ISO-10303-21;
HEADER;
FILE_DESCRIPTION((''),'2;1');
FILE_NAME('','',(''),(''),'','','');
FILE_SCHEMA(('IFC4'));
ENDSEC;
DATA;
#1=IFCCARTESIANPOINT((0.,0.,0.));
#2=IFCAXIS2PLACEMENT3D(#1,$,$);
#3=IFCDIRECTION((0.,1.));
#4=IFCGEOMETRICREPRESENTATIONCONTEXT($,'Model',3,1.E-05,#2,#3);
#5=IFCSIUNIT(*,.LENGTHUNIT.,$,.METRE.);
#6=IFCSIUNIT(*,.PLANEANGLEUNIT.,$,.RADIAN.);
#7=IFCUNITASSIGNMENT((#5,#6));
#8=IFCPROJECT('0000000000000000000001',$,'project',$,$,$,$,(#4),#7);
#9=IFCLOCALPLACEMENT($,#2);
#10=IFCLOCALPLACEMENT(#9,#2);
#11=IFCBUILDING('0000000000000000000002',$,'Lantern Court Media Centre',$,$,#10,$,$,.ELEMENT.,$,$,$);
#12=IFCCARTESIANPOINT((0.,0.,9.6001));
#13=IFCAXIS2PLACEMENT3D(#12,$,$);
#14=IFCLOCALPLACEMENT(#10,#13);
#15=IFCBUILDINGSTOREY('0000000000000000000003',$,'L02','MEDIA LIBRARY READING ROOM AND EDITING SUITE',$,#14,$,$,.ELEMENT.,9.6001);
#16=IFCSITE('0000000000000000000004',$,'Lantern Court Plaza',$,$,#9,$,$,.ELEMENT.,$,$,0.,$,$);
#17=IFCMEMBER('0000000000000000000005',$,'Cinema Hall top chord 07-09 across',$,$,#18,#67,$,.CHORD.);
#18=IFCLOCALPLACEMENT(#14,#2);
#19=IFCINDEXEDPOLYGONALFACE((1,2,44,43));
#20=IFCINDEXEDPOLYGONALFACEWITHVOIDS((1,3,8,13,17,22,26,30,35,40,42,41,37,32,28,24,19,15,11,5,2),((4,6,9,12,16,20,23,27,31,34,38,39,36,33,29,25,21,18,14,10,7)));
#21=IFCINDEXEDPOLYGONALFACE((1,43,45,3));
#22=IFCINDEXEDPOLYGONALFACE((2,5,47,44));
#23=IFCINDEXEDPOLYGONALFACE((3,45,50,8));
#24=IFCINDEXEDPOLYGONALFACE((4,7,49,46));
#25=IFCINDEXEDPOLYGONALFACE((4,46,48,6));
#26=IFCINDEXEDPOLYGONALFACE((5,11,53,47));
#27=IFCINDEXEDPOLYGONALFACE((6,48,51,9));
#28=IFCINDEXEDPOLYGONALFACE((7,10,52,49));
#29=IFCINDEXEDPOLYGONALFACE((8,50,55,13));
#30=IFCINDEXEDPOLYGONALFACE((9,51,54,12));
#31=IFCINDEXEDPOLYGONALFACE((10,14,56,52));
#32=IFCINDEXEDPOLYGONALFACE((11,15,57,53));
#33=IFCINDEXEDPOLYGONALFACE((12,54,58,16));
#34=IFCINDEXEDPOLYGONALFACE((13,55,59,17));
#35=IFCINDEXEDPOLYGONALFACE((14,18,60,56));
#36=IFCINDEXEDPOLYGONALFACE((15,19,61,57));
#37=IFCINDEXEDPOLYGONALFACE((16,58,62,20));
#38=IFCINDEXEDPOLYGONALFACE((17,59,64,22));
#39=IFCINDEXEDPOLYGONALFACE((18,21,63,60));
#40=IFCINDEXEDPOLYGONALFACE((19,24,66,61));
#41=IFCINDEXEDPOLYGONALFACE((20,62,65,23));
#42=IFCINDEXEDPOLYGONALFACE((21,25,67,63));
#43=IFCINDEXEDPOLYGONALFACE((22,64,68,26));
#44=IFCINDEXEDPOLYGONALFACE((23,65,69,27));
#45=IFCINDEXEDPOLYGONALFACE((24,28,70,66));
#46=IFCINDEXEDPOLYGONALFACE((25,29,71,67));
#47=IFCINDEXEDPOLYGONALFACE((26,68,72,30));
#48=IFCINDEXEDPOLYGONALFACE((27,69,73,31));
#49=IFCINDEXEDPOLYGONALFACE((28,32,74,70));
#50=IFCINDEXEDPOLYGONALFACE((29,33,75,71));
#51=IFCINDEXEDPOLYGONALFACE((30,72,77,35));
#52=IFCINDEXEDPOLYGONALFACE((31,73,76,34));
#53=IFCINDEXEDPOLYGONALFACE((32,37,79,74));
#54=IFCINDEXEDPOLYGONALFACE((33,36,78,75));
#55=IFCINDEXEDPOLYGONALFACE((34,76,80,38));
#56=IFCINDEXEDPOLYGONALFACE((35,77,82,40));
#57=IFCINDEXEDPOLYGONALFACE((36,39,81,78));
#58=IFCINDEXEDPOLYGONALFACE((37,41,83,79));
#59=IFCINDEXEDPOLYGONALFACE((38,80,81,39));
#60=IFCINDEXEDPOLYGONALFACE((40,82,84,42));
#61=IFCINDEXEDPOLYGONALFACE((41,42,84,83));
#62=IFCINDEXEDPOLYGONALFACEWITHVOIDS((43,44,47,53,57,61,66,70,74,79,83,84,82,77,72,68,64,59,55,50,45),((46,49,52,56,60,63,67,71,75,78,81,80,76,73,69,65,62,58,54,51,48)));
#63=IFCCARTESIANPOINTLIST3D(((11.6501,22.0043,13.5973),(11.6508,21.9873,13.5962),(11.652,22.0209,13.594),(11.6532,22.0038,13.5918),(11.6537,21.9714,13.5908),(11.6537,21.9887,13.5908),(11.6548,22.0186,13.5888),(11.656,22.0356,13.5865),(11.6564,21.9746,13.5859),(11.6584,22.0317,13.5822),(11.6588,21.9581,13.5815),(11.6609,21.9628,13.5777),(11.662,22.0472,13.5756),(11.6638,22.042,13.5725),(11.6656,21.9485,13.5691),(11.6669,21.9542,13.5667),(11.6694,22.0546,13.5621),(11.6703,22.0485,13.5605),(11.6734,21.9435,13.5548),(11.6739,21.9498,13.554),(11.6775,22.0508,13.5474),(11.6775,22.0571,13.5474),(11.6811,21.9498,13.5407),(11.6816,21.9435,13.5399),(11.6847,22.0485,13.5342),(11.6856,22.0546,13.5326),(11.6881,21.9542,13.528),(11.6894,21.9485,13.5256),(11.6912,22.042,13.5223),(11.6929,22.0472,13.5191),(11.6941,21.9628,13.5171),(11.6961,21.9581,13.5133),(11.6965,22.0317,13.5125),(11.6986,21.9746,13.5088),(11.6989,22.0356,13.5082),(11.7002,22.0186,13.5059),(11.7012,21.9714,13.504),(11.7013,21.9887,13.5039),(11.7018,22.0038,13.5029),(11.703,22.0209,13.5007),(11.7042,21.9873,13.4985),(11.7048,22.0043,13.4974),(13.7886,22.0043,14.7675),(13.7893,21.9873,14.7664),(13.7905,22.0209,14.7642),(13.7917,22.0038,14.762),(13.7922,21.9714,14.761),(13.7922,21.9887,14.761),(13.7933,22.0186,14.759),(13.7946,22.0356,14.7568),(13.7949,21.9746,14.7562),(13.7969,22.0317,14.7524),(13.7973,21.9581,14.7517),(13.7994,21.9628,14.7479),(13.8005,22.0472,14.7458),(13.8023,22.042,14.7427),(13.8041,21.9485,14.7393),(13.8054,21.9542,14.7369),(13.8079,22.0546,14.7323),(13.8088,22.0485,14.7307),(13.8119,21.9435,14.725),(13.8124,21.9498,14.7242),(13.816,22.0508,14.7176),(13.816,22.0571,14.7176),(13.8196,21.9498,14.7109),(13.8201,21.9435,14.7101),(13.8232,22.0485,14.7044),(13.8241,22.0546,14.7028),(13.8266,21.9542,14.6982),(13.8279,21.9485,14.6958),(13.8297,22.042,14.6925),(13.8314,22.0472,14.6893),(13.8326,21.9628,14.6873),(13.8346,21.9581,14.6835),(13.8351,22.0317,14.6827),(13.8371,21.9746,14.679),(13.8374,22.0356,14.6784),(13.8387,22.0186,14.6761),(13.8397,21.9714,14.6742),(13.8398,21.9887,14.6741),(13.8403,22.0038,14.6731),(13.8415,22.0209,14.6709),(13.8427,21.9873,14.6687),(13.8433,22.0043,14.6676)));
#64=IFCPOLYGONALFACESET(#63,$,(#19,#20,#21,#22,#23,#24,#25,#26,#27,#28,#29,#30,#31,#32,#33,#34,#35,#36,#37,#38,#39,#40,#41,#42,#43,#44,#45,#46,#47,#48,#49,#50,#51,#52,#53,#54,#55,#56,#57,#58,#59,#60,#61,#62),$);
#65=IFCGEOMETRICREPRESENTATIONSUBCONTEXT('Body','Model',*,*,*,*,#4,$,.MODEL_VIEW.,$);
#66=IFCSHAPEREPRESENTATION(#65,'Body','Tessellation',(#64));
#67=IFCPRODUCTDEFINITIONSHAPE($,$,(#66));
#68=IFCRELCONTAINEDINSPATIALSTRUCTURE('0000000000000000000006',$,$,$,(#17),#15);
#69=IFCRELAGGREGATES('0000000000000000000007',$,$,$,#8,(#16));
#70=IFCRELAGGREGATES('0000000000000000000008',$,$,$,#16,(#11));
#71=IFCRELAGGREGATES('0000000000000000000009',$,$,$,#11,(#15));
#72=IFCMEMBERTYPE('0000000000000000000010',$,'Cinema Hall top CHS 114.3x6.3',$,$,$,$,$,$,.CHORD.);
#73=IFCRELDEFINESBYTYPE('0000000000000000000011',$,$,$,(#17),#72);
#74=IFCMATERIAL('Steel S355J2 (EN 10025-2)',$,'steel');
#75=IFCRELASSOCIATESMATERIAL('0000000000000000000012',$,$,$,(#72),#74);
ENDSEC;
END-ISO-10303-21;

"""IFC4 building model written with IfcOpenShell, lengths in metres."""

from ifc_helpers import new_model, si_unit, direction, frame, origin, origin_2d, place, context, subcontext, project, spatial, hollow_circle, extrude, material, material_profile, profile_set, type_object, element, save


model = new_model("IFC4")

# Units and contexts
model_context = context("Model", 3, precision=1e-05, world=origin(), true_north=direction((0.0, 1.0)))
body_context = subcontext(model_context, "Body", "Model", "MODEL_VIEW")
ifc_project = project(units=[si_unit("LENGTHUNIT", "METRE"), si_unit("PLANEANGLEUNIT", "RADIAN")], contexts=[model_context])

# Site, building, storey
site_placement = place(None, origin())
site = spatial("IfcSite", under=ifc_project, at=site_placement, Name="Lantern Court Plaza", CompositionType="ELEMENT", RefElevation=0.0)
building_placement = place(site_placement, origin())
building = spatial("IfcBuilding", under=site, at=building_placement, Name="Lantern Court Media Centre", CompositionType="ELEMENT")
storey_placement = place(building_placement, frame((0.0, 0.0, 9.6001)))
storey = spatial("IfcBuildingStorey", under=building, at=storey_placement, Name="L02", Description="MEDIA LIBRARY READING ROOM AND EDITING SUITE", CompositionType="ELEMENT", Elevation=9.6001)

# Member
ifc_material = material(Name="Steel S355J2 (EN 10025-2)", Category="steel")
ifc_material_profile_1 = material_profile(ifc_material, hollow_circle(Radius=0.0571, WallThickness=0.0063, at=origin_2d()), Name="Cinema Hall top CHS 114.3x6.3")
ifc_profile_set_1 = profile_set([ifc_material_profile_1], Name="Steel S355J2 (EN 10025-2)")
member_type_1 = type_object("IfcMemberType", Name="Cinema Hall top CHS 114.3x6.3", PredefinedType="CHORD", material=ifc_profile_set_1)
for number, where, z_axis, x_axis, name in (
    (1, (11.6775, 22.0, 13.5474), (0.877248, 0.0, 0.480038), (0.0, 1.0, 0.0), "Cinema Hall top chord 07-09 across"),
):
    element("IfcMember", number, at=place(storey_placement, frame(where, z_axis=z_axis, x_axis=x_axis)), inside=storey, type_object=member_type_1, Name=name, PredefinedType="CHORD", context=body_context, shape_type="SweptSolid", body=[
        extrude(hollow_circle(Radius=0.0571, WallThickness=0.0063, at=origin_2d()), origin(), (0.0, 0.0, 1.0), 2.4377),
    ])

save(model, "model.ifc")
